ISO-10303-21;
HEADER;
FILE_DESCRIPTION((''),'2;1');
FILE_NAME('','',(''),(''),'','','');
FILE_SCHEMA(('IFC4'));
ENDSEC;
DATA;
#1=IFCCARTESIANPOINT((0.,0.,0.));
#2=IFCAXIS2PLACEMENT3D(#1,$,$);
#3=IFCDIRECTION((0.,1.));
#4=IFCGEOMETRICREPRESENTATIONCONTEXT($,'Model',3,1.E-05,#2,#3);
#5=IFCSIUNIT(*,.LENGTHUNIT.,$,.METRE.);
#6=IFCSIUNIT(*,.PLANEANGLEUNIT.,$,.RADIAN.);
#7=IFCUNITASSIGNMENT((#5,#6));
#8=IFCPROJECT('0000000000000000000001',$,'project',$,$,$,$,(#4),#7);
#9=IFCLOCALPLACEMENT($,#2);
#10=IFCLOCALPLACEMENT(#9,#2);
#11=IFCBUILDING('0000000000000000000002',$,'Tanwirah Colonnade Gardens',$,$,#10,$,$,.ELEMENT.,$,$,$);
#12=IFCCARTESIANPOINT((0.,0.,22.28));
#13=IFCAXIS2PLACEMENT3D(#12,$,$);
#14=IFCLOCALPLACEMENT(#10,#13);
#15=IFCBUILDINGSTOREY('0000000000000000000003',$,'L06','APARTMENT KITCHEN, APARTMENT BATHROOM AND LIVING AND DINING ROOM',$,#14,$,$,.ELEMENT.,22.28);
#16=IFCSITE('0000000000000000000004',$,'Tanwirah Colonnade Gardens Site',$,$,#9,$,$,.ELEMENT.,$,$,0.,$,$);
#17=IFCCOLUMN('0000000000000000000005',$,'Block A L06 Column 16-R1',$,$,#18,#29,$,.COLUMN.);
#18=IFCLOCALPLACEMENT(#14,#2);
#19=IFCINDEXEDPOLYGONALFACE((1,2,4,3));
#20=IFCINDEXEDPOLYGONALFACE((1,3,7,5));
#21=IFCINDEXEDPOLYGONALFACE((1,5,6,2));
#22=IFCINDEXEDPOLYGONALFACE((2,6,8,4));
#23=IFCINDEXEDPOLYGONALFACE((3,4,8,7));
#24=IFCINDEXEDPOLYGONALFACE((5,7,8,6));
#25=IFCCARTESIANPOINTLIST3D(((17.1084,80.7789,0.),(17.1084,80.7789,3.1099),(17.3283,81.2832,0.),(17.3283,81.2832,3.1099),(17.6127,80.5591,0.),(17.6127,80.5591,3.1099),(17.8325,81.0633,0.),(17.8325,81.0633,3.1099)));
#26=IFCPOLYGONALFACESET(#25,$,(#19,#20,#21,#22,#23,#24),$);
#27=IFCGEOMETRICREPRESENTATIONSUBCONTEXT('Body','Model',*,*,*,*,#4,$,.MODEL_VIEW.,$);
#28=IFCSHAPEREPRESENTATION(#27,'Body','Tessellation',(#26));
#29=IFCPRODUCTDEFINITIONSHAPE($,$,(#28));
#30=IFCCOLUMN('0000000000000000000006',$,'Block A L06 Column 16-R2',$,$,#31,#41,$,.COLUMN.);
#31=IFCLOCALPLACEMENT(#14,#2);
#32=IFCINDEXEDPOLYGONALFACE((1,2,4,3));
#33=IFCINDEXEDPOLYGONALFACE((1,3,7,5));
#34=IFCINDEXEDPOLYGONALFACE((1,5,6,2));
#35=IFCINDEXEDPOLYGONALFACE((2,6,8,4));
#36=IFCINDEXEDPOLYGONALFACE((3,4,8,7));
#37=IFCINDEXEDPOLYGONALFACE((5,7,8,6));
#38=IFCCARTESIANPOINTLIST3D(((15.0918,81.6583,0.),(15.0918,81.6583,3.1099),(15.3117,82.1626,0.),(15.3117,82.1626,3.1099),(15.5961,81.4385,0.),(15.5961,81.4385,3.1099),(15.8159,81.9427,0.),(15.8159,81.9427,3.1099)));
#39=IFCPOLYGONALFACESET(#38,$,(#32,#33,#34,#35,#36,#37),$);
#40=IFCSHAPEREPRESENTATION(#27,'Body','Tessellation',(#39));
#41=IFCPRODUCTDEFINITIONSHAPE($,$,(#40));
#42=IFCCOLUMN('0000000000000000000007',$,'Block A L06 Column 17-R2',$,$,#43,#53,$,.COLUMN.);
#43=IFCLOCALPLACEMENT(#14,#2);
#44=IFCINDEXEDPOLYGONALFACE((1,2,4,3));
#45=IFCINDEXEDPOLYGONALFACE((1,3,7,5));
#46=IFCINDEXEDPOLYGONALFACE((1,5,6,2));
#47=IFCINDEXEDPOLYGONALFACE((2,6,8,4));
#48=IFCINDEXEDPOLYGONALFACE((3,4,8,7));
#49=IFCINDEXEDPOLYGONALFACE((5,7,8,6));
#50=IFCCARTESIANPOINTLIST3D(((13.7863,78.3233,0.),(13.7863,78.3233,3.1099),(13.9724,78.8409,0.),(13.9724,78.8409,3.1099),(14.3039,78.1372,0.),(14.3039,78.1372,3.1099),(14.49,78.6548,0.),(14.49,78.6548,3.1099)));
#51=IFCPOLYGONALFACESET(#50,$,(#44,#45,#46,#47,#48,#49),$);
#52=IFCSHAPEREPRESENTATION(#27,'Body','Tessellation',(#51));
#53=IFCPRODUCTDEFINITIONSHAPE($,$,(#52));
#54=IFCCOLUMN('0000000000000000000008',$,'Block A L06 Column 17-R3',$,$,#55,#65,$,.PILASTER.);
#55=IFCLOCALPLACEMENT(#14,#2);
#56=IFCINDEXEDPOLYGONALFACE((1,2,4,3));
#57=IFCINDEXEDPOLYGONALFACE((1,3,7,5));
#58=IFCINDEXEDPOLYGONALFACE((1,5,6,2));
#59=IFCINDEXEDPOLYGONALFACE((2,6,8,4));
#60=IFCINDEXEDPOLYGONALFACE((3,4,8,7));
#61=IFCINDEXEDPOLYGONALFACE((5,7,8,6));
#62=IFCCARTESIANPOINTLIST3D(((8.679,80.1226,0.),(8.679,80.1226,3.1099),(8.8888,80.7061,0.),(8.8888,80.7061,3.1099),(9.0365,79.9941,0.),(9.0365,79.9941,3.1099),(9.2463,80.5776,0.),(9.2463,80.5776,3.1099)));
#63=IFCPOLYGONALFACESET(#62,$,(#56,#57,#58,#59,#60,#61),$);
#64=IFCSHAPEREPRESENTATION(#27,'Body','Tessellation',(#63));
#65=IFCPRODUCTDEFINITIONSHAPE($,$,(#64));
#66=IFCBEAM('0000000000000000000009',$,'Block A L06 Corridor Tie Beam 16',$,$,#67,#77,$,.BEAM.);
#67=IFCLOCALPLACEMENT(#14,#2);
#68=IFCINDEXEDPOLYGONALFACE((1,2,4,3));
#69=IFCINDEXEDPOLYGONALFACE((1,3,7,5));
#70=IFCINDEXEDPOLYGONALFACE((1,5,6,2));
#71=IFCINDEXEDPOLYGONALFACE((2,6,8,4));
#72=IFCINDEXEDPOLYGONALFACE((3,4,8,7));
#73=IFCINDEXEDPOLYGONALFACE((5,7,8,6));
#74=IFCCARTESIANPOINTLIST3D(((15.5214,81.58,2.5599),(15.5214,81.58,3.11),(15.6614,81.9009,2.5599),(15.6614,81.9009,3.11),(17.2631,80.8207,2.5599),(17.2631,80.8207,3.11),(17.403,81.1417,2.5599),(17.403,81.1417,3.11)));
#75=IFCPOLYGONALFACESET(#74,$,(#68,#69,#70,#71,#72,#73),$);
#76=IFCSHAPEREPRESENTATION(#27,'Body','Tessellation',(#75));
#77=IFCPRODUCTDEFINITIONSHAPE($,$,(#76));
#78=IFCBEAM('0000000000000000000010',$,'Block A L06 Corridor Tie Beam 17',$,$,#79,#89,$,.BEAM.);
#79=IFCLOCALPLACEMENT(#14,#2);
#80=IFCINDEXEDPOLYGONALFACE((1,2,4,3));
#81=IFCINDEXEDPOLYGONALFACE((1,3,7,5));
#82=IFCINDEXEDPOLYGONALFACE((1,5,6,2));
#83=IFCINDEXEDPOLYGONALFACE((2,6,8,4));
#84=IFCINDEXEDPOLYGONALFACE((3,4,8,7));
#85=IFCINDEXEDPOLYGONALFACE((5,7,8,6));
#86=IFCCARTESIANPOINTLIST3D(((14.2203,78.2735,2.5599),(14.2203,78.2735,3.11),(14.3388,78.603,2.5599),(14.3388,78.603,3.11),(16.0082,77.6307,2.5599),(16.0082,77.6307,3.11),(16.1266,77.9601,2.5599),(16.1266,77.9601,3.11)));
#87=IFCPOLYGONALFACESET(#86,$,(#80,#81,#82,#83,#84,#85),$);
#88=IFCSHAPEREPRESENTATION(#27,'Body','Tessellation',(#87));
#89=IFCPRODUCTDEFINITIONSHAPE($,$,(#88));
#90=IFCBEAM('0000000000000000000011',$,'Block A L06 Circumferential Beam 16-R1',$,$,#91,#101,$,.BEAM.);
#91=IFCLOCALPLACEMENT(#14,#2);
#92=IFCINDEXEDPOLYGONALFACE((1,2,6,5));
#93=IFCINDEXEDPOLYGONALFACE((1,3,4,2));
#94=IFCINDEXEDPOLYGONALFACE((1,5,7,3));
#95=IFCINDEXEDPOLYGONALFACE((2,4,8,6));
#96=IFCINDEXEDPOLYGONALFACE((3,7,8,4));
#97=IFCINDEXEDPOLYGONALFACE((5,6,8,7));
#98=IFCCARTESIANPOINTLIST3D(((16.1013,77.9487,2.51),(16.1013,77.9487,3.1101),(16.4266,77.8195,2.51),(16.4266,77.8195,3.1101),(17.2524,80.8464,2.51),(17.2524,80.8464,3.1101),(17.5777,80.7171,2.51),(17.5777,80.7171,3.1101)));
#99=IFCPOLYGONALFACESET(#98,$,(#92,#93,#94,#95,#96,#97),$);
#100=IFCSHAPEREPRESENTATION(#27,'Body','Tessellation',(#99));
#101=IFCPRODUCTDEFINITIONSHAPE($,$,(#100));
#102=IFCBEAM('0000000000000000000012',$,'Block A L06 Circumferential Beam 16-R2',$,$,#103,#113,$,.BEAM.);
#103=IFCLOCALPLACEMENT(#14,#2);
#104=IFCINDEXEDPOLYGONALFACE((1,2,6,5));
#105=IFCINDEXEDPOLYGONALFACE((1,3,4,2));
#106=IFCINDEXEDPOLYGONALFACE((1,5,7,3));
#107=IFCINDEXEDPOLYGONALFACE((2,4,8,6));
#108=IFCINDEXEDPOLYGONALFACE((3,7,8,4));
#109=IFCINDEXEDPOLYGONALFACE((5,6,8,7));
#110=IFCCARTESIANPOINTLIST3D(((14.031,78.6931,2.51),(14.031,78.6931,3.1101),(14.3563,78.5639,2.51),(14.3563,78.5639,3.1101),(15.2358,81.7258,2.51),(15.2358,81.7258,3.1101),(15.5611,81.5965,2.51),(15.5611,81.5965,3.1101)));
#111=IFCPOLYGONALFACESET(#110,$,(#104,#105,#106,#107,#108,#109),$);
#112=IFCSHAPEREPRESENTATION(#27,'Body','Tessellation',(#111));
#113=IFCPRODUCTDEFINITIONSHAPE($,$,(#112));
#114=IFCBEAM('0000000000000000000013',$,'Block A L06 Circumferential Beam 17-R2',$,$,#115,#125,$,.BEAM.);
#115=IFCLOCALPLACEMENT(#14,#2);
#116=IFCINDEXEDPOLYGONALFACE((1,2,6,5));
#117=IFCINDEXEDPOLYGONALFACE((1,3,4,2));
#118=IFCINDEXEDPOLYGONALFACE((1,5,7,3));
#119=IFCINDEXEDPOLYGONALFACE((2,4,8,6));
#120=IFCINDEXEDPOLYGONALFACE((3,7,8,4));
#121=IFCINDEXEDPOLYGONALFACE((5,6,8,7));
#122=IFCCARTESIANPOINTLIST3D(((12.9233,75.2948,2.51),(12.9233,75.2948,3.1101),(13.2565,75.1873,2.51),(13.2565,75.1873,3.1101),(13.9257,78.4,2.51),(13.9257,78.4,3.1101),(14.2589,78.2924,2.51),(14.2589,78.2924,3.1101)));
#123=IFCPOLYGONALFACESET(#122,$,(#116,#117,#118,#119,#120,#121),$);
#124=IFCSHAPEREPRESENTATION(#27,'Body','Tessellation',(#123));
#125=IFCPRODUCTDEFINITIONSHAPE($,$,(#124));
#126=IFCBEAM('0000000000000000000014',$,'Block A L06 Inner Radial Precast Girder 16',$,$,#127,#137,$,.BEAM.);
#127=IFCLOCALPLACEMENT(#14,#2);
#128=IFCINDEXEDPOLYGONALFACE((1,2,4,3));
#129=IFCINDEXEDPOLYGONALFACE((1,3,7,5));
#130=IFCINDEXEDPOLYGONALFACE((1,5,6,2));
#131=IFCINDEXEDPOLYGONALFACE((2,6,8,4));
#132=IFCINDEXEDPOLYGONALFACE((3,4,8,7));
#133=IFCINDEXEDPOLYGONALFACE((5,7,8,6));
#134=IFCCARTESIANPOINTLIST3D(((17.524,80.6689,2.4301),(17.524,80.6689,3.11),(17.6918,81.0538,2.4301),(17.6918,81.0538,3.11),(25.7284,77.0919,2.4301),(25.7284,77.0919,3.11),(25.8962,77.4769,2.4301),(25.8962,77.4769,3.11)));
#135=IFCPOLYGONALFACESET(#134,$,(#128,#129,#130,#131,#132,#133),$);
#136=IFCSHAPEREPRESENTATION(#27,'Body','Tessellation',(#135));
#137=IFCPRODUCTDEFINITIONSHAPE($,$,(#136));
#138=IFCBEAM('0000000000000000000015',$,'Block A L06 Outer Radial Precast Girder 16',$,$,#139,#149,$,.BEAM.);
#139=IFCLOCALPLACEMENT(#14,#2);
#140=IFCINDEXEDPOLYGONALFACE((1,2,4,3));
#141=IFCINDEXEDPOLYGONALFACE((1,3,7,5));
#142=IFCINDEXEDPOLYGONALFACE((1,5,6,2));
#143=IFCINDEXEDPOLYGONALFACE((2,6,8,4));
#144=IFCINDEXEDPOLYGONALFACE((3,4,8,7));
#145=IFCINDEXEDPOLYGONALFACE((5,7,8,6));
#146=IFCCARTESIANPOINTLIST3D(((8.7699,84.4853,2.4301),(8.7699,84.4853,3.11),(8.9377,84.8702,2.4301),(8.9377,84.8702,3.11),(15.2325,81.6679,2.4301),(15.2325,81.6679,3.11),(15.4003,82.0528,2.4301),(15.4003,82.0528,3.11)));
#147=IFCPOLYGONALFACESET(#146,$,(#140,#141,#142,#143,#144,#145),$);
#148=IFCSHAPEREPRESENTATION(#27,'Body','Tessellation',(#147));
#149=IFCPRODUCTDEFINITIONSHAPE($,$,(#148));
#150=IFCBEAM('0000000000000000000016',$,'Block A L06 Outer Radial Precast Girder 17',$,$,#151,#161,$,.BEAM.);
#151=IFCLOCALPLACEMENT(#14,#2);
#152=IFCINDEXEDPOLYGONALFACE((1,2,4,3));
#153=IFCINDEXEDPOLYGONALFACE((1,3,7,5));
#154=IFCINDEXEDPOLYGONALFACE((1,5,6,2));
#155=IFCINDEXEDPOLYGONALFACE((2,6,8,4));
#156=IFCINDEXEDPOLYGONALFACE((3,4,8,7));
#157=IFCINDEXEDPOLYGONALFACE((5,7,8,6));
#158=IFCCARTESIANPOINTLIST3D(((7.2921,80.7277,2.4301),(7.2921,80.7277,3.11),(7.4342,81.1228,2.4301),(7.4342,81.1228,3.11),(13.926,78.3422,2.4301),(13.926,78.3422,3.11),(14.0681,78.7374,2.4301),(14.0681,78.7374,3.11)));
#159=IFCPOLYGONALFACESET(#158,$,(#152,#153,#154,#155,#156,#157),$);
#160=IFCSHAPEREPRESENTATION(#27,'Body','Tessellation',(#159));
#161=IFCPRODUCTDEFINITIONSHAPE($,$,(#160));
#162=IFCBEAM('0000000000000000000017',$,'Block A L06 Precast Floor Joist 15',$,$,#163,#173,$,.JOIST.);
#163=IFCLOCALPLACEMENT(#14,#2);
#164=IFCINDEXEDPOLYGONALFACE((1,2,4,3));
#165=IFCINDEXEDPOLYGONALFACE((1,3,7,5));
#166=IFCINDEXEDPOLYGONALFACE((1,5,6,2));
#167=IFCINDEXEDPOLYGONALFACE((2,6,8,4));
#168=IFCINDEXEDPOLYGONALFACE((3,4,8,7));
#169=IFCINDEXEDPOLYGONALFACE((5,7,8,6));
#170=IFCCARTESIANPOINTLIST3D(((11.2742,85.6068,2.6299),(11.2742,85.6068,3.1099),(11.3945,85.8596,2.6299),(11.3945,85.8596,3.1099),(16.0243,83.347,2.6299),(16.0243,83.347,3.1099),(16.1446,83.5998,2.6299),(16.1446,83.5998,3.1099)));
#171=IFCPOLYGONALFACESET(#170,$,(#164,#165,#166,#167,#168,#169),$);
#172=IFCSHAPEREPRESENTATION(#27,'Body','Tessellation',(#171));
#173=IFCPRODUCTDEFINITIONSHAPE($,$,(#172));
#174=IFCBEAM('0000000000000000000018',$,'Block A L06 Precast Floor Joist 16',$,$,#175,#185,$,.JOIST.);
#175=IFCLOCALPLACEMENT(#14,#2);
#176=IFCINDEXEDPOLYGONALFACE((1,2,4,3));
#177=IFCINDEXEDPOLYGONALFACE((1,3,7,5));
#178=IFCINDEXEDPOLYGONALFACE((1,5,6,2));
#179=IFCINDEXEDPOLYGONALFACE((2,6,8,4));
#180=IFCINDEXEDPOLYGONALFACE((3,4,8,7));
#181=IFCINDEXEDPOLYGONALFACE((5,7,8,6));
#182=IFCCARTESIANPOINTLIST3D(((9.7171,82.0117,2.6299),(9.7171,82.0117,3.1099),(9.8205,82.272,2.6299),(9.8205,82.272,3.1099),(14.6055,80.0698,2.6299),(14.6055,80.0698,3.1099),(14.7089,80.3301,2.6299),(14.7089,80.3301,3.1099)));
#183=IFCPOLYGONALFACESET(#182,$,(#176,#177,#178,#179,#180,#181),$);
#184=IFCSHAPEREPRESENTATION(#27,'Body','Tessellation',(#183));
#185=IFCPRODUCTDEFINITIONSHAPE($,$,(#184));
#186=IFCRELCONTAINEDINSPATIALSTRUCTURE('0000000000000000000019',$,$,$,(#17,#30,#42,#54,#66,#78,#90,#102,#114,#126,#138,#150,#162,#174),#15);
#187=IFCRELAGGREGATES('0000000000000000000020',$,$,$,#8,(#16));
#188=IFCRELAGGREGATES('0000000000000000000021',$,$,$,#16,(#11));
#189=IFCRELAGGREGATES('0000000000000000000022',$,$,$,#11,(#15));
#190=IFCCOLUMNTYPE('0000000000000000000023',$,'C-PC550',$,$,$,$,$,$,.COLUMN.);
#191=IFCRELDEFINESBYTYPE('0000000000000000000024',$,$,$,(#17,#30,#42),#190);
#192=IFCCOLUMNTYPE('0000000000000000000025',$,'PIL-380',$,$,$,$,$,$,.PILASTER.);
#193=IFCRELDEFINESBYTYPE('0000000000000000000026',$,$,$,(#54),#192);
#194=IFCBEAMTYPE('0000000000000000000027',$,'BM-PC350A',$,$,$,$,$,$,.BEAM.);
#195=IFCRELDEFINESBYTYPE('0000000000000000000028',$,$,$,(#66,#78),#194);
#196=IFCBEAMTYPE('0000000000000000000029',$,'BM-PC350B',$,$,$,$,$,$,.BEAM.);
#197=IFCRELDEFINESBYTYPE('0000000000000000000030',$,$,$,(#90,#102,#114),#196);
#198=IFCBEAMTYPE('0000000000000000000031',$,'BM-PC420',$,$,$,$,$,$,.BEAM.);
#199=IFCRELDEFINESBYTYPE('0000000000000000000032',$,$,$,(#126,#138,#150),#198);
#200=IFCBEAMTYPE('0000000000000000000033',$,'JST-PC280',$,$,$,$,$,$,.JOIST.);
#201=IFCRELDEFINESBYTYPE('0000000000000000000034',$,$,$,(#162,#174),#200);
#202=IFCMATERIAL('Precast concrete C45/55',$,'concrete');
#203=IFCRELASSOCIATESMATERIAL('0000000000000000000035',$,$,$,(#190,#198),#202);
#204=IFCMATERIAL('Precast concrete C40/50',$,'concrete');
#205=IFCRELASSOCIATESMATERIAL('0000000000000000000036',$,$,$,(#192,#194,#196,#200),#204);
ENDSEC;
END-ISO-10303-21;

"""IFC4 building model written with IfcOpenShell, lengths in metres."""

from ifc_helpers import new_model, si_unit, direction, frame, origin, origin_2d, place, context, subcontext, project, spatial, rectangle, extrude, material, material_profile, profile_set, type_object, element, save


model = new_model("IFC4")

# Units and contexts
model_context = context("Model", 3, precision=1e-05, world=origin(), true_north=direction((0.0, 1.0)))
body_context = subcontext(model_context, "Body", "Model", "MODEL_VIEW")
ifc_project = project(units=[si_unit("LENGTHUNIT", "METRE"), si_unit("PLANEANGLEUNIT", "RADIAN")], contexts=[model_context])

# Site, building, storey
site_placement = place(None, origin())
site = spatial("IfcSite", under=ifc_project, at=site_placement, Name="Tanwirah Colonnade Gardens Site", CompositionType="ELEMENT", RefElevation=0.0)
building_placement = place(site_placement, origin())
building = spatial("IfcBuilding", under=site, at=building_placement, Name="Tanwirah Colonnade Gardens", CompositionType="ELEMENT")
storey_placement = place(building_placement, frame((0.0, 0.0, 22.28)))
storey = spatial("IfcBuildingStorey", under=building, at=storey_placement, Name="L06", Description="APARTMENT KITCHEN, APARTMENT BATHROOM AND LIVING AND DINING ROOM", CompositionType="ELEMENT", Elevation=22.28)

# Columns
ifc_material_1 = material(Name="Precast concrete C45/55", Category="concrete")
ifc_material_profile_1 = material_profile(ifc_material_1, rectangle(XDim=0.55, YDim=0.55, at=origin_2d()), Name="PC-COL 550x550")
ifc_profile_set_1 = profile_set([ifc_material_profile_1], Name="Precast concrete C45/55")
column_type_1 = type_object("IfcColumnType", Name="C-PC550", PredefinedType="COLUMN", material=ifc_profile_set_1)
for number, where, z_axis, x_axis, name in (
    (1, (17.4705, 80.9211, 0.0), (0.0, 0.0, 1.0), (-0.916673, 0.399638, 0.0), "Block A L06 Column 16-R1"),
    (2, (15.4539, 81.8005, 0.0), (0.0, 0.0, 1.0), (-0.916673, 0.399638, 0.0), "Block A L06 Column 16-R2"),
    (3, (14.1382, 78.489, 0.0), (0.0, 0.0, 1.0), (-0.941012, 0.338373, 0.0), "Block A L06 Column 17-R2"),
):
    element("IfcColumn", number, at=place(storey_placement, frame(where, z_axis=z_axis, x_axis=x_axis)), inside=storey, type_object=column_type_1, Name=name, PredefinedType="COLUMN", context=body_context, shape_type="SweptSolid", body=[
        extrude(rectangle(XDim=0.55, YDim=0.55, at=origin_2d()), origin(), (0.0, 0.0, 1.0), 3.1099),
    ])
ifc_material_2 = material(Name="Precast concrete C40/50", Category="concrete")
ifc_material_profile_2 = material_profile(ifc_material_2, rectangle(XDim=0.3799, YDim=0.6201, at=origin_2d()), Name="PC-PIL 380x620")
ifc_profile_set_2 = profile_set([ifc_material_profile_2], Name="Precast concrete C40/50")
column_type_2 = type_object("IfcColumnType", Name="PIL-380", PredefinedType="PILASTER", material=ifc_profile_set_2)
column_placement = place(storey_placement, frame((8.9626, 80.3501, 0.0), z_axis=(0.0, 0.0, 1.0), x_axis=(-0.941012, 0.338373, 0.0)))
element("IfcColumn", 4, at=column_placement, inside=storey, type_object=column_type_2, Name="Block A L06 Column 17-R3", PredefinedType="PILASTER", context=body_context, shape_type="SweptSolid", body=[
    extrude(rectangle(XDim=0.3799, YDim=0.6201, at=origin_2d()), origin(), (0.0, 0.0, 1.0), 3.1099),
])

# Beams
ifc_material_profile_3 = material_profile(ifc_material_2, rectangle(XDim=0.3501, YDim=0.55, at=origin_2d()), Name="PC-BM 350x550")
ifc_profile_set_3 = profile_set([ifc_material_profile_3], Name="Precast concrete C40/50")
beam_type_1 = type_object("IfcBeamType", Name="BM-PC350A", PredefinedType="BEAM", material=ifc_profile_set_3)
for number, where, z_axis, x_axis, name in (
    (5, (17.333, 80.9812, 2.835), (-0.916681, 0.399619, 0.0), (-0.399619, -0.916681, 0.0), "Block A L06 Corridor Tie Beam 16"),
    (6, (16.0674, 77.7954, 2.835), (-0.941022, 0.338346, 0.0), (-0.338346, -0.941022, 0.0), "Block A L06 Corridor Tie Beam 17"),
):
    element("IfcBeam", number, at=place(storey_placement, frame(where, z_axis=z_axis, x_axis=x_axis)), inside=storey, type_object=beam_type_1, Name=name, PredefinedType="BEAM", context=body_context, shape_type="SweptSolid", body=[
        extrude(rectangle(XDim=0.3501, YDim=0.55, at=origin_2d()), origin(), (0.0, 0.0, 1.0), 1.8999),
    ])
ifc_material_profile_4 = material_profile(ifc_material_2, rectangle(XDim=0.3501, YDim=0.6001, at=origin_2d()), Name="PC-BM 350x600")
ifc_profile_set_4 = profile_set([ifc_material_profile_4], Name="Precast concrete C40/50")
beam_type_2 = type_object("IfcBeamType", Name="BM-PC350B", PredefinedType="BEAM", material=ifc_profile_set_4)
beam_1_placement = place(storey_placement, frame((17.415, 80.7817, 2.8101), z_axis=(-0.369189, -0.929354, 0.0), x_axis=(0.929354, -0.369189, 0.0)))
element("IfcBeam", 7, at=beam_1_placement, inside=storey, type_object=beam_type_2, Name="Block A L06 Circumferential Beam 16-R1", PredefinedType="BEAM", context=body_context, shape_type="SweptSolid", body=[
    extrude(rectangle(XDim=0.3501, YDim=0.6001, at=origin_2d()), origin(), (0.0, 0.0, 1.0), 3.1179),
])
beam_2_placement = place(storey_placement, frame((15.3984, 81.6611, 2.8101), z_axis=(-0.36921, -0.929346, 0.0), x_axis=(0.929346, -0.36921, 0.0)))
element("IfcBeam", 8, at=beam_2_placement, inside=storey, type_object=beam_type_2, Name="Block A L06 Circumferential Beam 16-R2", PredefinedType="BEAM", context=body_context, shape_type="SweptSolid", body=[
    extrude(rectangle(XDim=0.3501, YDim=0.6001, at=origin_2d()), origin(), (0.0, 0.0, 1.0), 3.2632),
])
beam_3_placement = place(storey_placement, frame((14.0923, 78.3462, 2.8101), z_axis=(-0.307213, -0.951641, 0.0), x_axis=(0.951641, -0.307213, 0.0)))
element("IfcBeam", 9, at=beam_3_placement, inside=storey, type_object=beam_type_2, Name="Block A L06 Circumferential Beam 17-R2", PredefinedType="BEAM", context=body_context, shape_type="SweptSolid", body=[
    extrude(rectangle(XDim=0.3501, YDim=0.6001, at=origin_2d()), origin(), (0.0, 0.0, 1.0), 3.2629),
])
ifc_material_profile_5 = material_profile(ifc_material_1, rectangle(XDim=0.4199, YDim=0.6799, at=origin_2d()), Name="PC-BM 420x680")
ifc_profile_set_5 = profile_set([ifc_material_profile_5], Name="Precast concrete C45/55")
beam_type_3 = type_object("IfcBeamType", Name="BM-PC420", PredefinedType="BEAM", material=ifc_profile_set_5)
beam_4_placement = place(storey_placement, frame((17.6079, 80.8613, 2.77), z_axis=(0.916669, -0.399647, 0.0), x_axis=(0.399647, 0.916669, 0.0)))
element("IfcBeam", 10, at=beam_4_placement, inside=storey, type_object=beam_type_3, Name="Block A L06 Inner Radial Precast Girder 16", PredefinedType="BEAM", context=body_context, shape_type="SweptSolid", body=[
    extrude(rectangle(XDim=0.4199, YDim=0.6799, at=origin_2d()), origin(), (0.0, 0.0, 1.0), 8.9502),
])
beam_5_placement = place(storey_placement, frame((15.3164, 81.8604, 2.77), z_axis=(-0.916679, 0.399625, 0.0), x_axis=(-0.399625, -0.916679, 0.0)))
element("IfcBeam", 11, at=beam_5_placement, inside=storey, type_object=beam_type_3, Name="Block A L06 Outer Radial Precast Girder 16", PredefinedType="BEAM", context=body_context, shape_type="SweptSolid", body=[
    extrude(rectangle(XDim=0.4199, YDim=0.6799, at=origin_2d()), origin(), (0.0, 0.0, 1.0), 7.05),
])
beam_6_placement = place(storey_placement, frame((13.9971, 78.5398, 2.77), z_axis=(-0.941012, 0.338374, 0.0), x_axis=(-0.338374, -0.941012, 0.0)))
element("IfcBeam", 12, at=beam_6_placement, inside=storey, type_object=beam_type_3, Name="Block A L06 Outer Radial Precast Girder 17", PredefinedType="BEAM", context=body_context, shape_type="SweptSolid", body=[
    extrude(rectangle(XDim=0.4199, YDim=0.6799, at=origin_2d()), origin(), (0.0, 0.0, 1.0), 7.0498),
])
ifc_material_profile_6 = material_profile(ifc_material_2, rectangle(XDim=0.28, YDim=0.48, at=origin_2d()), Name="PC-JST 280x480")
ifc_profile_set_6 = profile_set([ifc_material_profile_6], Name="Precast concrete C40/50")
beam_type_4 = type_object("IfcBeamType", Name="JST-PC280", PredefinedType="JOIST", material=ifc_profile_set_6)
beam_7_placement = place(storey_placement, frame((16.0845, 83.4734, 2.8699), z_axis=(-0.903018, 0.429602, 0.0), x_axis=(-0.429602, -0.903018, 0.0)))
element("IfcBeam", 13, at=beam_7_placement, inside=storey, type_object=beam_type_4, Name="Block A L06 Precast Floor Joist 15", PredefinedType="JOIST", context=body_context, shape_type="SweptSolid", body=[
    extrude(rectangle(XDim=0.28, YDim=0.48, at=origin_2d()), origin(), (0.0, 0.0, 1.0), 5.2603),
])
beam_8_placement = place(storey_placement, frame((14.6572, 80.2, 2.8699), z_axis=(-0.929358, 0.369181, 0.0), x_axis=(-0.369181, -0.929358, 0.0)))
element("IfcBeam", 14, at=beam_8_placement, inside=storey, type_object=beam_type_4, Name="Block A L06 Precast Floor Joist 16", PredefinedType="JOIST", context=body_context, shape_type="SweptSolid", body=[
    extrude(rectangle(XDim=0.28, YDim=0.48, at=origin_2d()), origin(), (0.0, 0.0, 1.0), 5.26),
])

save(model, "model.ifc")
